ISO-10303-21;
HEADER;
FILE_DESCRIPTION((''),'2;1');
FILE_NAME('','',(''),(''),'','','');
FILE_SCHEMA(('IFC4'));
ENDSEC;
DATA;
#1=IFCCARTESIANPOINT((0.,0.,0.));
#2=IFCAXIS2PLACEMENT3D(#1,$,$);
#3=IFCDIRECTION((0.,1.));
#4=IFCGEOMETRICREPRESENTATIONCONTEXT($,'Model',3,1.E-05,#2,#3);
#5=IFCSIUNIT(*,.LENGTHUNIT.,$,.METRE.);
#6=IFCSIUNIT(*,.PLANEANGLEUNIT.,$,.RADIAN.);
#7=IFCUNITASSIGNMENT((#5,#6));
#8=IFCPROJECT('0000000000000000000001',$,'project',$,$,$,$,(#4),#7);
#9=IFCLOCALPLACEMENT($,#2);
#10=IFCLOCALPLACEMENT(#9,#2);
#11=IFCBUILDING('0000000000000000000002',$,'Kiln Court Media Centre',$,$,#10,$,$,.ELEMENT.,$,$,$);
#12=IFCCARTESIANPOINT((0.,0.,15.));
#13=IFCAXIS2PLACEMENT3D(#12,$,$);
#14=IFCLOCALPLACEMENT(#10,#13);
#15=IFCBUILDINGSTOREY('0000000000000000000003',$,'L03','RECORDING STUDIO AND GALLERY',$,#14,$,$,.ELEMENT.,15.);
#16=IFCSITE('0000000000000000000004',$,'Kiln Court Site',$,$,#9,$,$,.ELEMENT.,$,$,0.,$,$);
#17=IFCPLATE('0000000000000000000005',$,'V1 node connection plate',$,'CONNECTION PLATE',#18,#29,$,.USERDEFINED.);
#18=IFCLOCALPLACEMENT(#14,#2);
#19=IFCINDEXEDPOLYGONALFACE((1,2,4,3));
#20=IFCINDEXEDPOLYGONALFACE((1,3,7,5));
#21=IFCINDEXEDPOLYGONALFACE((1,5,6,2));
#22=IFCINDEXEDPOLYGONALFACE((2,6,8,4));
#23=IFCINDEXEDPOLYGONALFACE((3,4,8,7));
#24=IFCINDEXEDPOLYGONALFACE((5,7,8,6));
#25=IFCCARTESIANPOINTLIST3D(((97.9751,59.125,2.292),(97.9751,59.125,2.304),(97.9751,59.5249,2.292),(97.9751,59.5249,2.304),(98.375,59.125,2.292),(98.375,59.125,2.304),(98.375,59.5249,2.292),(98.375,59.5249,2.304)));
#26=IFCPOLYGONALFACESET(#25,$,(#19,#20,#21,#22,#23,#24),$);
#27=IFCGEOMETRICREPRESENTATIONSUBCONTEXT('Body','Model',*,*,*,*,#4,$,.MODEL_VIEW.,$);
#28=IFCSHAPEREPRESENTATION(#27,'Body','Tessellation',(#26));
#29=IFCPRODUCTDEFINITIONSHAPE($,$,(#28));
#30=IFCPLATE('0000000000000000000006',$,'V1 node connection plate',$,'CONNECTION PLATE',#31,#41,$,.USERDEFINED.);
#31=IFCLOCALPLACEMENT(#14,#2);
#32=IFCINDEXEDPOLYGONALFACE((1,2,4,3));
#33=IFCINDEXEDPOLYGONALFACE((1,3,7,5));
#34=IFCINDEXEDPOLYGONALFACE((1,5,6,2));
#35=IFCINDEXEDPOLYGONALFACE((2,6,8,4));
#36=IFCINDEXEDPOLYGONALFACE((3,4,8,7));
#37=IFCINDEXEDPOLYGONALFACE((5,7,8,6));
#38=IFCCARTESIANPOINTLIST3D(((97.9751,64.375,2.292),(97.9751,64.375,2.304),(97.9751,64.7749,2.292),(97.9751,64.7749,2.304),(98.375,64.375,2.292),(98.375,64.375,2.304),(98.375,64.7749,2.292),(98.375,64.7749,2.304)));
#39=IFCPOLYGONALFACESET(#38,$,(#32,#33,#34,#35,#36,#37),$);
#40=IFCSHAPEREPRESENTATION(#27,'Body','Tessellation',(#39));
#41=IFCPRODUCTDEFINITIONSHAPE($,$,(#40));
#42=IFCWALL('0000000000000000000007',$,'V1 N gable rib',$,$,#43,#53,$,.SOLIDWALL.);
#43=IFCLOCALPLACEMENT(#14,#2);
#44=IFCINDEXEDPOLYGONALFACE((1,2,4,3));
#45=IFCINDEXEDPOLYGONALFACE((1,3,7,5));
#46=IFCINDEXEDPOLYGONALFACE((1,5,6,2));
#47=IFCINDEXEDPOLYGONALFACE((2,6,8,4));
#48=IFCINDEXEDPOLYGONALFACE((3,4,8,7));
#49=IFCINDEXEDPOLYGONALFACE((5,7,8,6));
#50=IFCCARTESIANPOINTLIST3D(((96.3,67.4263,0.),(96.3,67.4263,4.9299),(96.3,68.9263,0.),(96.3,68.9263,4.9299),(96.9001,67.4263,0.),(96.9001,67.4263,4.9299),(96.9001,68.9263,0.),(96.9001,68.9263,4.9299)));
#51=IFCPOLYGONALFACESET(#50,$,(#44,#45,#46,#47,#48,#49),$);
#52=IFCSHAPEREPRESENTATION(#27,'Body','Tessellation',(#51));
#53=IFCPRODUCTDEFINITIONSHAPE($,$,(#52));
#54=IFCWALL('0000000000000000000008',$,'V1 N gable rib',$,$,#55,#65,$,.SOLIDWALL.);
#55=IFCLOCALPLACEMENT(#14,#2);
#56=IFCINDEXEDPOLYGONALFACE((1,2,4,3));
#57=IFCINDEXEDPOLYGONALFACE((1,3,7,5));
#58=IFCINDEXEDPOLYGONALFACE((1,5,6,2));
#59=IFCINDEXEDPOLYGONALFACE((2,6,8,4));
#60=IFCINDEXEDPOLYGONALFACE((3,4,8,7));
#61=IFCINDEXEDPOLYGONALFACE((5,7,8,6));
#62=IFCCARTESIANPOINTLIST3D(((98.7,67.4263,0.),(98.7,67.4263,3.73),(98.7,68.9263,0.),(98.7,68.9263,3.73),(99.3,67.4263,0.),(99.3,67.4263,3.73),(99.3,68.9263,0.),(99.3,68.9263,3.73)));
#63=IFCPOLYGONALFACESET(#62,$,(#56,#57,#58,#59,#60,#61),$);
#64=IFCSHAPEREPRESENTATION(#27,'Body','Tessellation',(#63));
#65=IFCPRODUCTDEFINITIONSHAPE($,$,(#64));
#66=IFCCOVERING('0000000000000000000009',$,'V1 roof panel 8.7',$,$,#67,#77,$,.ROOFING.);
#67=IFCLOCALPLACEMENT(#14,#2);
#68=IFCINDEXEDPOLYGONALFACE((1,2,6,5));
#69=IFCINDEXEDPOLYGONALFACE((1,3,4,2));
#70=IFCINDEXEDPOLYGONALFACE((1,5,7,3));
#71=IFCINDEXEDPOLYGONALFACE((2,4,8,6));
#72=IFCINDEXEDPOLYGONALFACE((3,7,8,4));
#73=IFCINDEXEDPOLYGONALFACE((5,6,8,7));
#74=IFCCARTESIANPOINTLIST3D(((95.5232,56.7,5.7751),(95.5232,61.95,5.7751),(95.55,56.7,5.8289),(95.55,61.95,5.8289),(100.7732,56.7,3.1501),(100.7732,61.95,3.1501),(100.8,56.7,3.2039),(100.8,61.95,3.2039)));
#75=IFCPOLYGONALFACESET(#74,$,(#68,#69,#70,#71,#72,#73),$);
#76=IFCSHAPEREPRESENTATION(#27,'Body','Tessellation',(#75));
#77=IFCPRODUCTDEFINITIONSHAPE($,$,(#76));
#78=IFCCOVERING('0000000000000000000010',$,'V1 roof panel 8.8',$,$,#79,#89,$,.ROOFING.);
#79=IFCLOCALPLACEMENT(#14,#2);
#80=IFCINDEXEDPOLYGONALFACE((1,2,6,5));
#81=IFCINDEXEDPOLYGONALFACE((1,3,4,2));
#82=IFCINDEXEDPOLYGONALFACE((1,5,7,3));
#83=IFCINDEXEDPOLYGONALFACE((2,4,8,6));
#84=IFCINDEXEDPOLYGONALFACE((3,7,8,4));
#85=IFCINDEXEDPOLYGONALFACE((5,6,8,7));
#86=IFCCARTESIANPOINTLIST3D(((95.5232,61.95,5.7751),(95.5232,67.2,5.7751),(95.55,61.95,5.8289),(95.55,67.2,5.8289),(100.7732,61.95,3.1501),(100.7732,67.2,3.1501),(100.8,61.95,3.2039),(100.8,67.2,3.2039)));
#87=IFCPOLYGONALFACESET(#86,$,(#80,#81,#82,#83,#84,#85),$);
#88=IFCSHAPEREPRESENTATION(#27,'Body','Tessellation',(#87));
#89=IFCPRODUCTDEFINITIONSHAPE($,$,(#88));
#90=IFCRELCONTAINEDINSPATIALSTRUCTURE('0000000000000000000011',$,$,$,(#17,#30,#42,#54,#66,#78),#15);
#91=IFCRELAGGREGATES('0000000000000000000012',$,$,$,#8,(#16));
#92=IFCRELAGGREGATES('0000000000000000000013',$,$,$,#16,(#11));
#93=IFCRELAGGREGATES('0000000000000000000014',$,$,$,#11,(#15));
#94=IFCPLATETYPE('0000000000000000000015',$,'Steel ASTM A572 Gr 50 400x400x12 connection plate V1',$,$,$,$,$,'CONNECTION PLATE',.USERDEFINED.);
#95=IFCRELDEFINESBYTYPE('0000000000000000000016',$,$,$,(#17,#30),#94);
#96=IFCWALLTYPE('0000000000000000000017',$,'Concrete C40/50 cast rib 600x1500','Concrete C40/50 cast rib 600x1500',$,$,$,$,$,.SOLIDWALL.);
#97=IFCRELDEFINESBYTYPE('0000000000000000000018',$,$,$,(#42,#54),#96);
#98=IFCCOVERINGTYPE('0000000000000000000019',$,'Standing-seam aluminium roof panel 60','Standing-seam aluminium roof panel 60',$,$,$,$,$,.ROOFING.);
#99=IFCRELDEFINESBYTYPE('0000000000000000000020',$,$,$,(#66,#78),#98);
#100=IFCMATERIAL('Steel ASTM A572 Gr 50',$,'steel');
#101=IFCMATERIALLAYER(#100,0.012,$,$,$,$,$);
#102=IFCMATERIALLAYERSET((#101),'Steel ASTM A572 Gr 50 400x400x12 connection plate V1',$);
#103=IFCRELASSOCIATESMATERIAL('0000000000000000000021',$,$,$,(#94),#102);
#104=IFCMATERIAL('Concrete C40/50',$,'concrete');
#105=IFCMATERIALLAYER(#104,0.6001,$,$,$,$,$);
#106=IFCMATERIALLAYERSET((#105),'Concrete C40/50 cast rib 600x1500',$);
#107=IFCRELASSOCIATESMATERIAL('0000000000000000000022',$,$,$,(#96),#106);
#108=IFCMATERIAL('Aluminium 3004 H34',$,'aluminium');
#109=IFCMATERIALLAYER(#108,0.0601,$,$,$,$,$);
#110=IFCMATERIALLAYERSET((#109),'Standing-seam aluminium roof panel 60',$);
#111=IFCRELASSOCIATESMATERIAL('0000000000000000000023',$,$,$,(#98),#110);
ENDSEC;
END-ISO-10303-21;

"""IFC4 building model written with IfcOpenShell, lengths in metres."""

from ifc_helpers import new_model, si_unit, direction, frame, frame_2d, origin, origin_2d, place, context, subcontext, project, spatial, polyline, rectangle, outline, extrude, material, layer, layer_set, type_object, element, save


model = new_model("IFC4")

# Units and contexts
model_context = context("Model", 3, precision=1e-05, world=origin(), true_north=direction((0.0, 1.0)))
body_context = subcontext(model_context, "Body", "Model", "MODEL_VIEW")
ifc_project = project(units=[si_unit("LENGTHUNIT", "METRE"), si_unit("PLANEANGLEUNIT", "RADIAN")], contexts=[model_context])

# Site, building, storey
site_placement = place(None, origin())
site = spatial("IfcSite", under=ifc_project, at=site_placement, Name="Kiln Court Site", CompositionType="ELEMENT", RefElevation=0.0)
building_placement = place(site_placement, origin())
building = spatial("IfcBuilding", under=site, at=building_placement, Name="Kiln Court Media Centre", CompositionType="ELEMENT")
storey_placement = place(building_placement, frame((0.0, 0.0, 15.0)))
storey = spatial("IfcBuildingStorey", under=building, at=storey_placement, Name="L03", Description="RECORDING STUDIO AND GALLERY", CompositionType="ELEMENT", Elevation=15.0)

# Plates
ifc_material_1 = material(Name="Steel ASTM A572 Gr 50", Category="steel")
ifc_layer_1 = layer(ifc_material_1, 0.012)
ifc_layer_set_1 = layer_set([ifc_layer_1], Name="Steel ASTM A572 Gr 50 400x400x12 connection plate V1")
plate_type = type_object("IfcPlateType", Name="Steel ASTM A572 Gr 50 400x400x12 connection plate V1", ElementType="CONNECTION PLATE", PredefinedType="USERDEFINED", material=ifc_layer_set_1)
for number, where, z_axis, x_axis, name in (
    (1, (98.175, 59.325, 2.292), (0.0, 0.0, 1.0), (1.0, 0.0, 0.0), "V1 node connection plate"),
    (2, (98.175, 64.575, 2.292), (0.0, 0.0, 1.0), (1.0, 0.0, 0.0), "V1 node connection plate"),
):
    element("IfcPlate", number, at=place(storey_placement, frame(where, z_axis=z_axis, x_axis=x_axis)), inside=storey, type_object=plate_type, Name=name, ObjectType="CONNECTION PLATE", PredefinedType="USERDEFINED", context=body_context, shape_type="SweptSolid", body=[
        extrude(rectangle(XDim=0.3999, YDim=0.3999, at=origin_2d()), origin(), (0.0, 0.0, 1.0), 0.012),
    ])

# Walls
ifc_material_2 = material(Name="Concrete C40/50", Category="concrete")
ifc_layer_2 = layer(ifc_material_2, 0.6001)
ifc_layer_set_2 = layer_set([ifc_layer_2], Name="Concrete C40/50 cast rib 600x1500")
wall_type = type_object("IfcWallType", Name="Concrete C40/50 cast rib 600x1500", Description="Concrete C40/50 cast rib 600x1500", PredefinedType="SOLIDWALL", material=ifc_layer_set_2)
wall_1_placement = place(storey_placement, frame((96.6001, 67.4263, 0.0), z_axis=(0.0, 0.0, 1.0), x_axis=(0.0, 1.0, 0.0)))
element("IfcWall", 3, at=wall_1_placement, inside=storey, type_object=wall_type, Name="V1 N gable rib", PredefinedType="SOLIDWALL", context=body_context, shape_type="SweptSolid", body=[
    extrude(rectangle(XDim=1.5, YDim=0.6001, at=frame_2d((0.75, 0.0))), origin(), (0.0, 0.0, 1.0), 4.9299),
])
wall_2_placement = place(storey_placement, frame((99.0, 67.4263, 0.0), z_axis=(0.0, 0.0, 1.0), x_axis=(0.0, 1.0, 0.0)))
element("IfcWall", 4, at=wall_2_placement, inside=storey, type_object=wall_type, Name="V1 N gable rib", PredefinedType="SOLIDWALL", context=body_context, shape_type="SweptSolid", body=[
    extrude(rectangle(XDim=1.5, YDim=0.6001, at=frame_2d((0.75, 0.0))), origin(), (0.0, 0.0, 1.0), 3.73),
])

# Coverings
ifc_material_3 = material(Name="Aluminium 3004 H34", Category="aluminium")
ifc_layer_3 = layer(ifc_material_3, 0.0601)
ifc_layer_set_3 = layer_set([ifc_layer_3], Name="Standing-seam aluminium roof panel 60")
covering_type = type_object("IfcCoveringType", Name="Standing-seam aluminium roof panel 60", Description="Standing-seam aluminium roof panel 60", PredefinedType="ROOFING", material=ifc_layer_set_3)
for number, where, z_axis, x_axis, name in (
    (5, (95.55, 56.7, 5.8289), (0.447214, 0.0, 0.894427), (0.894427, 0.0, -0.447214), "V1 roof panel 8.7"),
    (6, (95.55, 61.95, 5.8289), (0.447214, 0.0, 0.894427), (0.894427, 0.0, -0.447214), "V1 roof panel 8.8"),
):
    element("IfcCovering", number, at=place(storey_placement, frame(where, z_axis=z_axis, x_axis=x_axis)), inside=storey, type_object=covering_type, Name=name, PredefinedType="ROOFING", context=body_context, shape_type="SweptSolid", body=[
        extrude(outline(polyline([(0.0, 0.0), (5.8697, 0.0), (5.8697, 5.25), (0.0, 5.25), (0.0, 0.0)])), origin(), (0.0, 0.0, -1.0), 0.0601),
    ])

save(model, "model.ifc")
